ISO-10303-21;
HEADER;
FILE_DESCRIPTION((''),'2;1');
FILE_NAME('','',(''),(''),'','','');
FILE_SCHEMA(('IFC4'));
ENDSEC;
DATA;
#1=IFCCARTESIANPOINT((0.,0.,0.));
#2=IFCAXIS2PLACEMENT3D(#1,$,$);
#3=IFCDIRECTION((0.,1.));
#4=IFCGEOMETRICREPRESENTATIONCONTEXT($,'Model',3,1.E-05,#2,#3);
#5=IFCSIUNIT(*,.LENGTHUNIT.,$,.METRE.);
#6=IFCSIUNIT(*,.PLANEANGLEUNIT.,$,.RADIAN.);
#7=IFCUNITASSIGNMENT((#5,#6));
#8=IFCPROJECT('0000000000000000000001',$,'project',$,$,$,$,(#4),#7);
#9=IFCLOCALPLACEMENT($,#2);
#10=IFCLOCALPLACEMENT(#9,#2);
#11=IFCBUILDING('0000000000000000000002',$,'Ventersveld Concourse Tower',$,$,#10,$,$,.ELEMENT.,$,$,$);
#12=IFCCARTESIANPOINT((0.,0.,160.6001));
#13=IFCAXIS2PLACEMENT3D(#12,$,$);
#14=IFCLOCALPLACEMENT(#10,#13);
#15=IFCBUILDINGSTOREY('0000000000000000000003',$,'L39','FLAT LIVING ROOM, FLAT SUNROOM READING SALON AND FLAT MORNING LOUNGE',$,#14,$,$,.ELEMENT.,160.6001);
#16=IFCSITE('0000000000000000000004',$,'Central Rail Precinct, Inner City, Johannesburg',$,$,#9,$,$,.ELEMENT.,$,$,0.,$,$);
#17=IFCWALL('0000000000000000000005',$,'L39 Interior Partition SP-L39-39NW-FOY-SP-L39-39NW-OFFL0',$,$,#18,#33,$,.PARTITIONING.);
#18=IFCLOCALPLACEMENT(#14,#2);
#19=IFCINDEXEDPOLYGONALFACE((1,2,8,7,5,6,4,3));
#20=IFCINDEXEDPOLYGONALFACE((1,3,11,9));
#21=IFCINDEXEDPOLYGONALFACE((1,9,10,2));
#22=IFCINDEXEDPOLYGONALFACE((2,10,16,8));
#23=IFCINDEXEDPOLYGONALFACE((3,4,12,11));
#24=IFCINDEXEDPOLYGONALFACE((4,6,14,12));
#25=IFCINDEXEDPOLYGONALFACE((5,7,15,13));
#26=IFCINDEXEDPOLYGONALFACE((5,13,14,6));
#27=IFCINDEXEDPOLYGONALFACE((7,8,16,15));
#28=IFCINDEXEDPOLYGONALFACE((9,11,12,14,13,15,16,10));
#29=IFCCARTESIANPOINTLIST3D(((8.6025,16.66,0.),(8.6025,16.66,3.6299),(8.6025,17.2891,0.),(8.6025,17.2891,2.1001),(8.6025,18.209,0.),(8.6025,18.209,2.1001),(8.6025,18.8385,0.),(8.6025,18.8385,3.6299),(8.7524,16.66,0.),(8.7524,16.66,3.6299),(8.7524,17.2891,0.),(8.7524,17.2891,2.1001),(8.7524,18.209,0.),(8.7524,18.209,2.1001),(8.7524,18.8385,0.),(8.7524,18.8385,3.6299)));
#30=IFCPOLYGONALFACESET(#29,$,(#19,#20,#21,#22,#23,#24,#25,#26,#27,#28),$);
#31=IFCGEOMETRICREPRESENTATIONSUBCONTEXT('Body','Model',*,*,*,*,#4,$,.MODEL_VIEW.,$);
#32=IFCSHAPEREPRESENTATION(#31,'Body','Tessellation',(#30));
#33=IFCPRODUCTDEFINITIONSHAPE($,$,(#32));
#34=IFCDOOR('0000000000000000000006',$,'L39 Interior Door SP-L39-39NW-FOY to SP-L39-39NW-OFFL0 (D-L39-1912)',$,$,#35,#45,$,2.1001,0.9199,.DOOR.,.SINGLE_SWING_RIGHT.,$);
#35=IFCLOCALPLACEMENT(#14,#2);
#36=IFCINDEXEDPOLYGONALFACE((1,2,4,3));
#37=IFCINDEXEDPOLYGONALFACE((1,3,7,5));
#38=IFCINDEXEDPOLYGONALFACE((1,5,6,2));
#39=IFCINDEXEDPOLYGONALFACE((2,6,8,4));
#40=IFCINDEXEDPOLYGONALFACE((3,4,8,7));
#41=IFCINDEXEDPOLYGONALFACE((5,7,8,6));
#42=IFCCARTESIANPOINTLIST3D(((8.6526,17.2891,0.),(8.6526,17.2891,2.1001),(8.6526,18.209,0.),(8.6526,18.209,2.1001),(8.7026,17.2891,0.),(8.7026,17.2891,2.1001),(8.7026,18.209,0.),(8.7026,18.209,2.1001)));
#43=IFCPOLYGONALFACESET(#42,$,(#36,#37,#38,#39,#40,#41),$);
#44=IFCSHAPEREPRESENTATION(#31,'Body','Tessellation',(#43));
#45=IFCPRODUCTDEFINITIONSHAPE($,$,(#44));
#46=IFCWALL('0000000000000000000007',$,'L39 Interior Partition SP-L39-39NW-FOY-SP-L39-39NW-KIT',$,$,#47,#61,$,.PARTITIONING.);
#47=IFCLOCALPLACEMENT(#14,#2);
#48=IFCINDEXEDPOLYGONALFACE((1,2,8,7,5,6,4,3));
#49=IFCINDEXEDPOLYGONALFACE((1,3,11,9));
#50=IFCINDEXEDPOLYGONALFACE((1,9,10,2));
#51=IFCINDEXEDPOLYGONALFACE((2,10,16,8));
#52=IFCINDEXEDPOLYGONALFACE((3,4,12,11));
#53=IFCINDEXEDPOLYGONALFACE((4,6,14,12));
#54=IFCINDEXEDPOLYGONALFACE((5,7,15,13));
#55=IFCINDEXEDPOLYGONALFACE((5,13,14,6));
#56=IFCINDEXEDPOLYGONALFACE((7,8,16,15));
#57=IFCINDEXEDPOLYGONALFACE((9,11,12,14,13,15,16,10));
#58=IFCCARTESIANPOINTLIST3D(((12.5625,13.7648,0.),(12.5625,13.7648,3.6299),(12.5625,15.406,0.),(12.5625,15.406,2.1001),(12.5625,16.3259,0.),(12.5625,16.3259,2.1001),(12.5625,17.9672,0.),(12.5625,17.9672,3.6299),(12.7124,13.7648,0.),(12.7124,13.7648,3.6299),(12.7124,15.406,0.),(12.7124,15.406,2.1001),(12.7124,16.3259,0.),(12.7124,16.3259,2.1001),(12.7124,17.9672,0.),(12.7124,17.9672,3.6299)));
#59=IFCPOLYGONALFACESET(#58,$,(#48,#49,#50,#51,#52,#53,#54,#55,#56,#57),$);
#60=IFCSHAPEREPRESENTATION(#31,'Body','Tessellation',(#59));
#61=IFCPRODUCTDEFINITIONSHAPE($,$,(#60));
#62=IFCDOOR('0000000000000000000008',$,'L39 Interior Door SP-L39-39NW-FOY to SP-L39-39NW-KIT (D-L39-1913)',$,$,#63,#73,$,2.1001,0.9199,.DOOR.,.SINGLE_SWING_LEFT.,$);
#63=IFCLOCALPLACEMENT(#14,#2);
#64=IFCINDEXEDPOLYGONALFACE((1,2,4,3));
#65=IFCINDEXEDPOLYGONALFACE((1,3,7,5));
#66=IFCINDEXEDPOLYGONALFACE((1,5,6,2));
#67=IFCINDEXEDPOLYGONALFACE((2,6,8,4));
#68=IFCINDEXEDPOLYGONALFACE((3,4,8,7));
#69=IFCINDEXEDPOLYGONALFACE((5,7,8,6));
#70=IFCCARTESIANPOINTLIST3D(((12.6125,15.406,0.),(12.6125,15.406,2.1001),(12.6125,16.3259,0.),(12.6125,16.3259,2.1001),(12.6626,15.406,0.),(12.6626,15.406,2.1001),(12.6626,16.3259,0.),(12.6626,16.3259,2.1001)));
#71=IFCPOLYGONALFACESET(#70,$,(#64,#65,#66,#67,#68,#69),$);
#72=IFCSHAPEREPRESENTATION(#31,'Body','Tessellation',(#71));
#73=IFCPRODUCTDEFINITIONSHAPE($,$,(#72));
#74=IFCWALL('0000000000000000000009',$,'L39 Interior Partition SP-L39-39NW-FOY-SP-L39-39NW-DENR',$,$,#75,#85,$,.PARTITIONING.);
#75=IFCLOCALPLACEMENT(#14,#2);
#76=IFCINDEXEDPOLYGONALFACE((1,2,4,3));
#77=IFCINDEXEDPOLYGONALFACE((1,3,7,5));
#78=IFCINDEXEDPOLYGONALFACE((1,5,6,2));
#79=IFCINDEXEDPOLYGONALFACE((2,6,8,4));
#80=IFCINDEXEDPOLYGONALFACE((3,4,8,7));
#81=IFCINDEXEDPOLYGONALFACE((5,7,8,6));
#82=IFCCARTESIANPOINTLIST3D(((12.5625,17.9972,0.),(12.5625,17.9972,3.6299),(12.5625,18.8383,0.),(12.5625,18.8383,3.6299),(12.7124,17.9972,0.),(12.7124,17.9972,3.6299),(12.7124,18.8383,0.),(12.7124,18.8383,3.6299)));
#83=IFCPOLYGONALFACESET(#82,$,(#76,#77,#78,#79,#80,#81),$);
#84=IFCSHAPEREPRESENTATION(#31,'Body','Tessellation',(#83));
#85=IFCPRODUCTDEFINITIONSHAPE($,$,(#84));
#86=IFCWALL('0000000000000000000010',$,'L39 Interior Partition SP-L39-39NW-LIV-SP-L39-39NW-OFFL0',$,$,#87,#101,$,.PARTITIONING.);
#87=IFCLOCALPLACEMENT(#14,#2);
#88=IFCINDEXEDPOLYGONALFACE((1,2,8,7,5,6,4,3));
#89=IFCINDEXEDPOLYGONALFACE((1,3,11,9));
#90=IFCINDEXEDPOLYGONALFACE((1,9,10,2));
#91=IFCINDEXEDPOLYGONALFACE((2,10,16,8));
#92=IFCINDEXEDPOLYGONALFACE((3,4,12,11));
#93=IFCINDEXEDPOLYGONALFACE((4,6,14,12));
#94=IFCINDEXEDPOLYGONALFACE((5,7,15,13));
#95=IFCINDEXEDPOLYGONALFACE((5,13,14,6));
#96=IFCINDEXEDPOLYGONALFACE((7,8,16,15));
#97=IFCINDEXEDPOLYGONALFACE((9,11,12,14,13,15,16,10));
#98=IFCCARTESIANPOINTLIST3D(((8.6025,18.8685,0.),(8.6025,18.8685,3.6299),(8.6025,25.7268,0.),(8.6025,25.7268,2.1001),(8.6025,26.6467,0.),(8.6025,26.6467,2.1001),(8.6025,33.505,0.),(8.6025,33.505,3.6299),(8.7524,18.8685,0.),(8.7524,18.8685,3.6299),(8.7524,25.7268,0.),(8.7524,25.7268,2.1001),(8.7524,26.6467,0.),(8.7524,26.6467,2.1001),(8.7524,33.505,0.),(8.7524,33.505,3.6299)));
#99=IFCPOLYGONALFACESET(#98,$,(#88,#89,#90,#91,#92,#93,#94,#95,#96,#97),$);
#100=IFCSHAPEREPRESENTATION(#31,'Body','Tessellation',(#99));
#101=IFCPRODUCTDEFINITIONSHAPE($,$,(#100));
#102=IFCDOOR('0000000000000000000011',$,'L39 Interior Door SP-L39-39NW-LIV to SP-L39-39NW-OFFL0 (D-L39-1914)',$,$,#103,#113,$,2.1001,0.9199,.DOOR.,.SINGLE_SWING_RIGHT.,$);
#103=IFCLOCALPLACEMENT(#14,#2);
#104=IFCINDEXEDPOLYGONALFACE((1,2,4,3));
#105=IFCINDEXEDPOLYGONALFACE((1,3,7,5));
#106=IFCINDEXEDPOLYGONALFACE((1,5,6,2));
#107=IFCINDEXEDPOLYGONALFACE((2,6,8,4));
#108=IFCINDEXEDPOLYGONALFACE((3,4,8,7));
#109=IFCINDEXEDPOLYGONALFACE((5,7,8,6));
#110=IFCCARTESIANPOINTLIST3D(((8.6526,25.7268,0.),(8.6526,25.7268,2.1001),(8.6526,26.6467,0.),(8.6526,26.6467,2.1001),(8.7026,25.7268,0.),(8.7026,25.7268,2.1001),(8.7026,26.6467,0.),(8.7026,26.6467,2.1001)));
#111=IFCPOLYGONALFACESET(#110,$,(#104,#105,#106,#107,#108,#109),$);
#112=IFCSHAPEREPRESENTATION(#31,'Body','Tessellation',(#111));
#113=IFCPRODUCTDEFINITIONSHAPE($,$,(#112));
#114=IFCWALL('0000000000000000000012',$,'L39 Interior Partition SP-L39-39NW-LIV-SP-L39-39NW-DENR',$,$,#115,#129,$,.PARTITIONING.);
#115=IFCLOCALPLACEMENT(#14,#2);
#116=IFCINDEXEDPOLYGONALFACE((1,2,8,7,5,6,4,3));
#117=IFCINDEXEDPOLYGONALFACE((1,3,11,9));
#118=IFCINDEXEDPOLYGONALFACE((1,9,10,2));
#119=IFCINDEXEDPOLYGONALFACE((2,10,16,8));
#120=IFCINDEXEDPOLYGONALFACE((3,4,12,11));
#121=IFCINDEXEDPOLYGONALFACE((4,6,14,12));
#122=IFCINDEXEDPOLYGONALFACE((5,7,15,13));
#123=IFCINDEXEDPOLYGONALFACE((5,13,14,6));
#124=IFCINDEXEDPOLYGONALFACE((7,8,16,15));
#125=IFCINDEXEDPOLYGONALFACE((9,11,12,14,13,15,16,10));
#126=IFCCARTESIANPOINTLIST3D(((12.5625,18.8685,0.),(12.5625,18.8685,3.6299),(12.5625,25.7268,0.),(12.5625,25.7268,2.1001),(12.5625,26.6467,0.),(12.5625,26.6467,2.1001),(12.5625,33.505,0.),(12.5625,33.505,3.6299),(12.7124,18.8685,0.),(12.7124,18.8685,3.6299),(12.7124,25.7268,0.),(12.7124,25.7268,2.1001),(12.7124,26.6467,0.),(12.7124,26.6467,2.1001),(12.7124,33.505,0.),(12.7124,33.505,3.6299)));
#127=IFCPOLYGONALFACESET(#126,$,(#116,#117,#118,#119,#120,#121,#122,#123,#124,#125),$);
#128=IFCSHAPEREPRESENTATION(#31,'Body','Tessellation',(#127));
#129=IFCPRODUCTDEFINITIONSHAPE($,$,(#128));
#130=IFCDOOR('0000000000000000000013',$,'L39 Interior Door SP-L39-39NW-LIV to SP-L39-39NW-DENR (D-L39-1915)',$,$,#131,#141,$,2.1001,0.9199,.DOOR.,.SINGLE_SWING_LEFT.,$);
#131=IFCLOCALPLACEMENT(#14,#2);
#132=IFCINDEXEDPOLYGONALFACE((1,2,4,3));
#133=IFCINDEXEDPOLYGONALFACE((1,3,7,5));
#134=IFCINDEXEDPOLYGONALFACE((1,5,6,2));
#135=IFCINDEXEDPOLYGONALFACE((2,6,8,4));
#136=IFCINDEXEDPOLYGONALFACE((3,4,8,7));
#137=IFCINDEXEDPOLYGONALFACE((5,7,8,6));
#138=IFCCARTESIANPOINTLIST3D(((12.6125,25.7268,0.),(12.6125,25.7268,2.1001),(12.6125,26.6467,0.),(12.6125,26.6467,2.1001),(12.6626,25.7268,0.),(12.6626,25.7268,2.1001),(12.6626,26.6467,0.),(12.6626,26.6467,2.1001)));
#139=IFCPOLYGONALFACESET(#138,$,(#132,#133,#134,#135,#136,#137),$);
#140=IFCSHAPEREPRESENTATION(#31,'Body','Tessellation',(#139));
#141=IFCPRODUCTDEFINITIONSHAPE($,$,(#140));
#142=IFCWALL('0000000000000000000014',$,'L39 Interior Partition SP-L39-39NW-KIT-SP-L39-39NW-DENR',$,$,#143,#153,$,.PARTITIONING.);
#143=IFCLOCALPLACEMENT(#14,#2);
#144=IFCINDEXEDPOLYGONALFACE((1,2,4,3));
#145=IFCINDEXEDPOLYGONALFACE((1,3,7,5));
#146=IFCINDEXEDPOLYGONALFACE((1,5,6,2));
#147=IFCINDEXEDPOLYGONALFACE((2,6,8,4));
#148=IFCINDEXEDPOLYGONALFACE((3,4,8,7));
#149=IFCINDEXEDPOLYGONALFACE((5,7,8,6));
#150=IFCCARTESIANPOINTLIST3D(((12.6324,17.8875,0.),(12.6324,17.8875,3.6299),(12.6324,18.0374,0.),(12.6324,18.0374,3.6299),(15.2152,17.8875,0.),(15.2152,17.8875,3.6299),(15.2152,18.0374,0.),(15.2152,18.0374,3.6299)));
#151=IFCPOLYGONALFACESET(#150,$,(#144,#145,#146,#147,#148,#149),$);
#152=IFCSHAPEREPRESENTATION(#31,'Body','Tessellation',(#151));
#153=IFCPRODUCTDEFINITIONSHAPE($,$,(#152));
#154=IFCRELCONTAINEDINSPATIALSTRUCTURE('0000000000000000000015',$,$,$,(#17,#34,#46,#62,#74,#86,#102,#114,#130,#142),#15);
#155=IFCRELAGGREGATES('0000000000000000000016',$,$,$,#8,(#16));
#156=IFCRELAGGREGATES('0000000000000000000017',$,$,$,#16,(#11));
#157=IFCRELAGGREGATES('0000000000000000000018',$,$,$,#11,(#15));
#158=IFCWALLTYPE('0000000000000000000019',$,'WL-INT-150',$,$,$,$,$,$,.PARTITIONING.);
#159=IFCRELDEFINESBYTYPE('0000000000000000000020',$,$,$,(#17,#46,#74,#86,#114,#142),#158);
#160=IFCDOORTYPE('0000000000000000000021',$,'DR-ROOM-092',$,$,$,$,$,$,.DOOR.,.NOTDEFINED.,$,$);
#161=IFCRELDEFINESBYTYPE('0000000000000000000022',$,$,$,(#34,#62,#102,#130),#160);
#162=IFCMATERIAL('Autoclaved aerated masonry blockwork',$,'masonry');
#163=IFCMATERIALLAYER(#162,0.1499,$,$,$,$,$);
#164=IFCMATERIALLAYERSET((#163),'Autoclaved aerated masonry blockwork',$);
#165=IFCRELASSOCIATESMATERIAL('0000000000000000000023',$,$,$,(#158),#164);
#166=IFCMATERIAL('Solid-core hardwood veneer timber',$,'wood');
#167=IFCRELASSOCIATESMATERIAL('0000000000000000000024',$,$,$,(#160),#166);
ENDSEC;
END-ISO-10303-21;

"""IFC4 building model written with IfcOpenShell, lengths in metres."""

from ifc_helpers import new_model, si_unit, direction, frame, frame_2d, origin, place, context, subcontext, project, spatial, rectangle, extrude, material, layer, layer_set, type_object, element, fill, save


model = new_model("IFC4")

# Units and contexts
model_context = context("Model", 3, precision=1e-05, world=origin(), true_north=direction((0.0, 1.0)))
body_context = subcontext(model_context, "Body", "Model", "MODEL_VIEW")
ifc_project = project(units=[si_unit("LENGTHUNIT", "METRE"), si_unit("PLANEANGLEUNIT", "RADIAN")], contexts=[model_context])

# Site, building, storey
site_placement = place(None, origin())
site = spatial("IfcSite", under=ifc_project, at=site_placement, Name="Central Rail Precinct, Inner City, Johannesburg", CompositionType="ELEMENT", RefElevation=0.0)
building_placement = place(site_placement, origin())
building = spatial("IfcBuilding", under=site, at=building_placement, Name="Ventersveld Concourse Tower", CompositionType="ELEMENT")
storey_placement = place(building_placement, frame((0.0, 0.0, 160.6001)))
storey = spatial("IfcBuildingStorey", under=building, at=storey_placement, Name="L39", Description="FLAT LIVING ROOM, FLAT SUNROOM READING SALON AND FLAT MORNING LOUNGE", CompositionType="ELEMENT", Elevation=160.6001)

# Shared definitions
ifc_material_1 = material(Name="Solid-core hardwood veneer timber", Category="wood")

# Walls, openings, doors
ifc_material_2 = material(Name="Autoclaved aerated masonry blockwork", Category="masonry")
ifc_layer_1 = layer(ifc_material_2, 0.1499)
ifc_layer_set_1 = layer_set([ifc_layer_1], Name="Autoclaved aerated masonry blockwork")
wall_type_1 = type_object("IfcWallType", Name="WL-INT-150", PredefinedType="PARTITIONING", material=ifc_layer_set_1)
door_type_1 = type_object("IfcDoorType", Name="DR-ROOM-092", OperationType="NOTDEFINED", PredefinedType="DOOR", material=ifc_material_1)
wall_1_placement = place(storey_placement, frame((8.6775, 16.6599, 0.0), z_axis=(0.0, 0.0, 1.0), x_axis=(0.0, 1.0, 0.0)))
wall_1 = element("IfcWall", 1, at=wall_1_placement, inside=storey, type_object=wall_type_1, Name="L39 Interior Partition SP-L39-39NW-FOY-SP-L39-39NW-OFFL0", PredefinedType="PARTITIONING", context=body_context, shape_type="SweptSolid", body=[
    extrude(rectangle(XDim=2.1785, YDim=0.1499, at=frame_2d((1.0894, 0.0))), origin(), (0.0, 0.0, 1.0), 3.6299),
])
opening_1_placement = place(wall_1_placement, frame((0.6292, 0.0, 0.0)))
opening_1 = element("IfcOpeningElement", 2, at=opening_1_placement, cuts=wall_1, PredefinedType="OPENING", context=body_context, shape_type="SweptSolid", body=[
    extrude(rectangle(XDim=0.9199, YDim=2.1001, at=frame_2d((0.46, 1.05))), frame((0.0, 0.085, 0.0), z_axis=(0.0, -1.0, 0.0), x_axis=(1.0, 0.0, 0.0)), (0.0, 0.0, 1.0), 0.1699),
])
door_1_placement = place(opening_1_placement, origin())
door_1 = element("IfcDoor", 3, at=door_1_placement, inside=storey, type_object=door_type_1, Name="L39 Interior Door SP-L39-39NW-FOY to SP-L39-39NW-OFFL0 (D-L39-1912)", OperationType="SINGLE_SWING_RIGHT", OverallHeight=2.1001, OverallWidth=0.9199, PredefinedType="DOOR", context=body_context, shape_type="SweptSolid", body=[
    extrude(rectangle(XDim=0.9199, YDim=2.1001, at=frame_2d((0.46, 1.05))), frame((0.0, 0.0249, 0.0), z_axis=(0.0, -1.0, 0.0), x_axis=(1.0, 0.0, 0.0)), (0.0, 0.0, 1.0), 0.05),
])
fill(opening_1, door_1)
wall_2_placement = place(storey_placement, frame((12.6375, 13.7649, 0.0), z_axis=(0.0, 0.0, 1.0), x_axis=(0.0, 1.0, 0.0)))
wall_2 = element("IfcWall", 4, at=wall_2_placement, inside=storey, type_object=wall_type_1, Name="L39 Interior Partition SP-L39-39NW-FOY-SP-L39-39NW-KIT", PredefinedType="PARTITIONING", context=body_context, shape_type="SweptSolid", body=[
    extrude(rectangle(XDim=4.2024, YDim=0.1499, at=frame_2d((2.1011, 0.0))), origin(), (0.0, 0.0, 1.0), 3.6299),
])
opening_2_placement = place(wall_2_placement, frame((1.6411, 0.0, 0.0)))
opening_2 = element("IfcOpeningElement", 5, at=opening_2_placement, cuts=wall_2, PredefinedType="OPENING", context=body_context, shape_type="SweptSolid", body=[
    extrude(rectangle(XDim=0.9199, YDim=2.1001, at=frame_2d((0.46, 1.05))), frame((0.0, 0.085, 0.0), z_axis=(0.0, -1.0, 0.0), x_axis=(1.0, 0.0, 0.0)), (0.0, 0.0, 1.0), 0.1699),
])
door_2_placement = place(opening_2_placement, origin())
door_2 = element("IfcDoor", 6, at=door_2_placement, inside=storey, type_object=door_type_1, Name="L39 Interior Door SP-L39-39NW-FOY to SP-L39-39NW-KIT (D-L39-1913)", OperationType="SINGLE_SWING_LEFT", OverallHeight=2.1001, OverallWidth=0.9199, PredefinedType="DOOR", context=body_context, shape_type="SweptSolid", body=[
    extrude(rectangle(XDim=0.9199, YDim=2.1001, at=frame_2d((0.46, 1.05))), frame((0.0, 0.0249, 0.0), z_axis=(0.0, -1.0, 0.0), x_axis=(1.0, 0.0, 0.0)), (0.0, 0.0, 1.0), 0.05),
])
fill(opening_2, door_2)

# Wall
wall_3_placement = place(storey_placement, frame((12.6375, 17.9973, 0.0), z_axis=(0.0, 0.0, 1.0), x_axis=(0.0, 1.0, 0.0)))
element("IfcWall", 7, at=wall_3_placement, inside=storey, type_object=wall_type_1, Name="L39 Interior Partition SP-L39-39NW-FOY-SP-L39-39NW-DENR", PredefinedType="PARTITIONING", context=body_context, shape_type="SweptSolid", body=[
    extrude(rectangle(XDim=0.8411, YDim=0.1499, at=frame_2d((0.4204, 0.0))), origin(), (0.0, 0.0, 1.0), 3.6299),
])

# Walls, openings, doors
wall_4_placement = place(storey_placement, frame((8.6775, 18.8684, 0.0), z_axis=(0.0, 0.0, 1.0), x_axis=(0.0, 1.0, 0.0)))
wall_4 = element("IfcWall", 8, at=wall_4_placement, inside=storey, type_object=wall_type_1, Name="L39 Interior Partition SP-L39-39NW-LIV-SP-L39-39NW-OFFL0", PredefinedType="PARTITIONING", context=body_context, shape_type="SweptSolid", body=[
    extrude(rectangle(XDim=14.6365, YDim=0.1499, at=frame_2d((7.3184, 0.0))), origin(), (0.0, 0.0, 1.0), 3.6299),
])
opening_3_placement = place(wall_4_placement, frame((6.8584, 0.0, 0.0)))
opening_3 = element("IfcOpeningElement", 9, at=opening_3_placement, cuts=wall_4, PredefinedType="OPENING", context=body_context, shape_type="SweptSolid", body=[
    extrude(rectangle(XDim=0.9199, YDim=2.1001, at=frame_2d((0.46, 1.05))), frame((0.0, 0.085, 0.0), z_axis=(0.0, -1.0, 0.0), x_axis=(1.0, 0.0, 0.0)), (0.0, 0.0, 1.0), 0.1699),
])
door_3_placement = place(opening_3_placement, origin())
door_3 = element("IfcDoor", 10, at=door_3_placement, inside=storey, type_object=door_type_1, Name="L39 Interior Door SP-L39-39NW-LIV to SP-L39-39NW-OFFL0 (D-L39-1914)", OperationType="SINGLE_SWING_RIGHT", OverallHeight=2.1001, OverallWidth=0.9199, PredefinedType="DOOR", context=body_context, shape_type="SweptSolid", body=[
    extrude(rectangle(XDim=0.9199, YDim=2.1001, at=frame_2d((0.46, 1.05))), frame((0.0, 0.0249, 0.0), z_axis=(0.0, -1.0, 0.0), x_axis=(1.0, 0.0, 0.0)), (0.0, 0.0, 1.0), 0.05),
])
fill(opening_3, door_3)
wall_5_placement = place(storey_placement, frame((12.6375, 18.8684, 0.0), z_axis=(0.0, 0.0, 1.0), x_axis=(0.0, 1.0, 0.0)))
wall_5 = element("IfcWall", 11, at=wall_5_placement, inside=storey, type_object=wall_type_1, Name="L39 Interior Partition SP-L39-39NW-LIV-SP-L39-39NW-DENR", PredefinedType="PARTITIONING", context=body_context, shape_type="SweptSolid", body=[
    extrude(rectangle(XDim=14.6365, YDim=0.1499, at=frame_2d((7.3184, 0.0))), origin(), (0.0, 0.0, 1.0), 3.6299),
])
opening_4_placement = place(wall_5_placement, frame((6.8584, 0.0, 0.0)))
opening_4 = element("IfcOpeningElement", 12, at=opening_4_placement, cuts=wall_5, PredefinedType="OPENING", context=body_context, shape_type="SweptSolid", body=[
    extrude(rectangle(XDim=0.9199, YDim=2.1001, at=frame_2d((0.46, 1.05))), frame((0.0, 0.085, 0.0), z_axis=(0.0, -1.0, 0.0), x_axis=(1.0, 0.0, 0.0)), (0.0, 0.0, 1.0), 0.1699),
])
door_4_placement = place(opening_4_placement, origin())
door_4 = element("IfcDoor", 13, at=door_4_placement, inside=storey, type_object=door_type_1, Name="L39 Interior Door SP-L39-39NW-LIV to SP-L39-39NW-DENR (D-L39-1915)", OperationType="SINGLE_SWING_LEFT", OverallHeight=2.1001, OverallWidth=0.9199, PredefinedType="DOOR", context=body_context, shape_type="SweptSolid", body=[
    extrude(rectangle(XDim=0.9199, YDim=2.1001, at=frame_2d((0.46, 1.05))), frame((0.0, 0.0249, 0.0), z_axis=(0.0, -1.0, 0.0), x_axis=(1.0, 0.0, 0.0)), (0.0, 0.0, 1.0), 0.05),
])
fill(opening_4, door_4)

# Wall
wall_6_placement = place(storey_placement, frame((12.6323, 17.9624, 0.0), z_axis=(0.0, 0.0, 1.0), x_axis=(1.0, 0.0, 0.0)))
element("IfcWall", 14, at=wall_6_placement, inside=storey, type_object=wall_type_1, Name="L39 Interior Partition SP-L39-39NW-KIT-SP-L39-39NW-DENR", PredefinedType="PARTITIONING", context=body_context, shape_type="SweptSolid", body=[
    extrude(rectangle(XDim=2.5828, YDim=0.1499, at=frame_2d((1.2915, 0.0))), origin(), (0.0, 0.0, 1.0), 3.6299),
])

save(model, "model.ifc")
